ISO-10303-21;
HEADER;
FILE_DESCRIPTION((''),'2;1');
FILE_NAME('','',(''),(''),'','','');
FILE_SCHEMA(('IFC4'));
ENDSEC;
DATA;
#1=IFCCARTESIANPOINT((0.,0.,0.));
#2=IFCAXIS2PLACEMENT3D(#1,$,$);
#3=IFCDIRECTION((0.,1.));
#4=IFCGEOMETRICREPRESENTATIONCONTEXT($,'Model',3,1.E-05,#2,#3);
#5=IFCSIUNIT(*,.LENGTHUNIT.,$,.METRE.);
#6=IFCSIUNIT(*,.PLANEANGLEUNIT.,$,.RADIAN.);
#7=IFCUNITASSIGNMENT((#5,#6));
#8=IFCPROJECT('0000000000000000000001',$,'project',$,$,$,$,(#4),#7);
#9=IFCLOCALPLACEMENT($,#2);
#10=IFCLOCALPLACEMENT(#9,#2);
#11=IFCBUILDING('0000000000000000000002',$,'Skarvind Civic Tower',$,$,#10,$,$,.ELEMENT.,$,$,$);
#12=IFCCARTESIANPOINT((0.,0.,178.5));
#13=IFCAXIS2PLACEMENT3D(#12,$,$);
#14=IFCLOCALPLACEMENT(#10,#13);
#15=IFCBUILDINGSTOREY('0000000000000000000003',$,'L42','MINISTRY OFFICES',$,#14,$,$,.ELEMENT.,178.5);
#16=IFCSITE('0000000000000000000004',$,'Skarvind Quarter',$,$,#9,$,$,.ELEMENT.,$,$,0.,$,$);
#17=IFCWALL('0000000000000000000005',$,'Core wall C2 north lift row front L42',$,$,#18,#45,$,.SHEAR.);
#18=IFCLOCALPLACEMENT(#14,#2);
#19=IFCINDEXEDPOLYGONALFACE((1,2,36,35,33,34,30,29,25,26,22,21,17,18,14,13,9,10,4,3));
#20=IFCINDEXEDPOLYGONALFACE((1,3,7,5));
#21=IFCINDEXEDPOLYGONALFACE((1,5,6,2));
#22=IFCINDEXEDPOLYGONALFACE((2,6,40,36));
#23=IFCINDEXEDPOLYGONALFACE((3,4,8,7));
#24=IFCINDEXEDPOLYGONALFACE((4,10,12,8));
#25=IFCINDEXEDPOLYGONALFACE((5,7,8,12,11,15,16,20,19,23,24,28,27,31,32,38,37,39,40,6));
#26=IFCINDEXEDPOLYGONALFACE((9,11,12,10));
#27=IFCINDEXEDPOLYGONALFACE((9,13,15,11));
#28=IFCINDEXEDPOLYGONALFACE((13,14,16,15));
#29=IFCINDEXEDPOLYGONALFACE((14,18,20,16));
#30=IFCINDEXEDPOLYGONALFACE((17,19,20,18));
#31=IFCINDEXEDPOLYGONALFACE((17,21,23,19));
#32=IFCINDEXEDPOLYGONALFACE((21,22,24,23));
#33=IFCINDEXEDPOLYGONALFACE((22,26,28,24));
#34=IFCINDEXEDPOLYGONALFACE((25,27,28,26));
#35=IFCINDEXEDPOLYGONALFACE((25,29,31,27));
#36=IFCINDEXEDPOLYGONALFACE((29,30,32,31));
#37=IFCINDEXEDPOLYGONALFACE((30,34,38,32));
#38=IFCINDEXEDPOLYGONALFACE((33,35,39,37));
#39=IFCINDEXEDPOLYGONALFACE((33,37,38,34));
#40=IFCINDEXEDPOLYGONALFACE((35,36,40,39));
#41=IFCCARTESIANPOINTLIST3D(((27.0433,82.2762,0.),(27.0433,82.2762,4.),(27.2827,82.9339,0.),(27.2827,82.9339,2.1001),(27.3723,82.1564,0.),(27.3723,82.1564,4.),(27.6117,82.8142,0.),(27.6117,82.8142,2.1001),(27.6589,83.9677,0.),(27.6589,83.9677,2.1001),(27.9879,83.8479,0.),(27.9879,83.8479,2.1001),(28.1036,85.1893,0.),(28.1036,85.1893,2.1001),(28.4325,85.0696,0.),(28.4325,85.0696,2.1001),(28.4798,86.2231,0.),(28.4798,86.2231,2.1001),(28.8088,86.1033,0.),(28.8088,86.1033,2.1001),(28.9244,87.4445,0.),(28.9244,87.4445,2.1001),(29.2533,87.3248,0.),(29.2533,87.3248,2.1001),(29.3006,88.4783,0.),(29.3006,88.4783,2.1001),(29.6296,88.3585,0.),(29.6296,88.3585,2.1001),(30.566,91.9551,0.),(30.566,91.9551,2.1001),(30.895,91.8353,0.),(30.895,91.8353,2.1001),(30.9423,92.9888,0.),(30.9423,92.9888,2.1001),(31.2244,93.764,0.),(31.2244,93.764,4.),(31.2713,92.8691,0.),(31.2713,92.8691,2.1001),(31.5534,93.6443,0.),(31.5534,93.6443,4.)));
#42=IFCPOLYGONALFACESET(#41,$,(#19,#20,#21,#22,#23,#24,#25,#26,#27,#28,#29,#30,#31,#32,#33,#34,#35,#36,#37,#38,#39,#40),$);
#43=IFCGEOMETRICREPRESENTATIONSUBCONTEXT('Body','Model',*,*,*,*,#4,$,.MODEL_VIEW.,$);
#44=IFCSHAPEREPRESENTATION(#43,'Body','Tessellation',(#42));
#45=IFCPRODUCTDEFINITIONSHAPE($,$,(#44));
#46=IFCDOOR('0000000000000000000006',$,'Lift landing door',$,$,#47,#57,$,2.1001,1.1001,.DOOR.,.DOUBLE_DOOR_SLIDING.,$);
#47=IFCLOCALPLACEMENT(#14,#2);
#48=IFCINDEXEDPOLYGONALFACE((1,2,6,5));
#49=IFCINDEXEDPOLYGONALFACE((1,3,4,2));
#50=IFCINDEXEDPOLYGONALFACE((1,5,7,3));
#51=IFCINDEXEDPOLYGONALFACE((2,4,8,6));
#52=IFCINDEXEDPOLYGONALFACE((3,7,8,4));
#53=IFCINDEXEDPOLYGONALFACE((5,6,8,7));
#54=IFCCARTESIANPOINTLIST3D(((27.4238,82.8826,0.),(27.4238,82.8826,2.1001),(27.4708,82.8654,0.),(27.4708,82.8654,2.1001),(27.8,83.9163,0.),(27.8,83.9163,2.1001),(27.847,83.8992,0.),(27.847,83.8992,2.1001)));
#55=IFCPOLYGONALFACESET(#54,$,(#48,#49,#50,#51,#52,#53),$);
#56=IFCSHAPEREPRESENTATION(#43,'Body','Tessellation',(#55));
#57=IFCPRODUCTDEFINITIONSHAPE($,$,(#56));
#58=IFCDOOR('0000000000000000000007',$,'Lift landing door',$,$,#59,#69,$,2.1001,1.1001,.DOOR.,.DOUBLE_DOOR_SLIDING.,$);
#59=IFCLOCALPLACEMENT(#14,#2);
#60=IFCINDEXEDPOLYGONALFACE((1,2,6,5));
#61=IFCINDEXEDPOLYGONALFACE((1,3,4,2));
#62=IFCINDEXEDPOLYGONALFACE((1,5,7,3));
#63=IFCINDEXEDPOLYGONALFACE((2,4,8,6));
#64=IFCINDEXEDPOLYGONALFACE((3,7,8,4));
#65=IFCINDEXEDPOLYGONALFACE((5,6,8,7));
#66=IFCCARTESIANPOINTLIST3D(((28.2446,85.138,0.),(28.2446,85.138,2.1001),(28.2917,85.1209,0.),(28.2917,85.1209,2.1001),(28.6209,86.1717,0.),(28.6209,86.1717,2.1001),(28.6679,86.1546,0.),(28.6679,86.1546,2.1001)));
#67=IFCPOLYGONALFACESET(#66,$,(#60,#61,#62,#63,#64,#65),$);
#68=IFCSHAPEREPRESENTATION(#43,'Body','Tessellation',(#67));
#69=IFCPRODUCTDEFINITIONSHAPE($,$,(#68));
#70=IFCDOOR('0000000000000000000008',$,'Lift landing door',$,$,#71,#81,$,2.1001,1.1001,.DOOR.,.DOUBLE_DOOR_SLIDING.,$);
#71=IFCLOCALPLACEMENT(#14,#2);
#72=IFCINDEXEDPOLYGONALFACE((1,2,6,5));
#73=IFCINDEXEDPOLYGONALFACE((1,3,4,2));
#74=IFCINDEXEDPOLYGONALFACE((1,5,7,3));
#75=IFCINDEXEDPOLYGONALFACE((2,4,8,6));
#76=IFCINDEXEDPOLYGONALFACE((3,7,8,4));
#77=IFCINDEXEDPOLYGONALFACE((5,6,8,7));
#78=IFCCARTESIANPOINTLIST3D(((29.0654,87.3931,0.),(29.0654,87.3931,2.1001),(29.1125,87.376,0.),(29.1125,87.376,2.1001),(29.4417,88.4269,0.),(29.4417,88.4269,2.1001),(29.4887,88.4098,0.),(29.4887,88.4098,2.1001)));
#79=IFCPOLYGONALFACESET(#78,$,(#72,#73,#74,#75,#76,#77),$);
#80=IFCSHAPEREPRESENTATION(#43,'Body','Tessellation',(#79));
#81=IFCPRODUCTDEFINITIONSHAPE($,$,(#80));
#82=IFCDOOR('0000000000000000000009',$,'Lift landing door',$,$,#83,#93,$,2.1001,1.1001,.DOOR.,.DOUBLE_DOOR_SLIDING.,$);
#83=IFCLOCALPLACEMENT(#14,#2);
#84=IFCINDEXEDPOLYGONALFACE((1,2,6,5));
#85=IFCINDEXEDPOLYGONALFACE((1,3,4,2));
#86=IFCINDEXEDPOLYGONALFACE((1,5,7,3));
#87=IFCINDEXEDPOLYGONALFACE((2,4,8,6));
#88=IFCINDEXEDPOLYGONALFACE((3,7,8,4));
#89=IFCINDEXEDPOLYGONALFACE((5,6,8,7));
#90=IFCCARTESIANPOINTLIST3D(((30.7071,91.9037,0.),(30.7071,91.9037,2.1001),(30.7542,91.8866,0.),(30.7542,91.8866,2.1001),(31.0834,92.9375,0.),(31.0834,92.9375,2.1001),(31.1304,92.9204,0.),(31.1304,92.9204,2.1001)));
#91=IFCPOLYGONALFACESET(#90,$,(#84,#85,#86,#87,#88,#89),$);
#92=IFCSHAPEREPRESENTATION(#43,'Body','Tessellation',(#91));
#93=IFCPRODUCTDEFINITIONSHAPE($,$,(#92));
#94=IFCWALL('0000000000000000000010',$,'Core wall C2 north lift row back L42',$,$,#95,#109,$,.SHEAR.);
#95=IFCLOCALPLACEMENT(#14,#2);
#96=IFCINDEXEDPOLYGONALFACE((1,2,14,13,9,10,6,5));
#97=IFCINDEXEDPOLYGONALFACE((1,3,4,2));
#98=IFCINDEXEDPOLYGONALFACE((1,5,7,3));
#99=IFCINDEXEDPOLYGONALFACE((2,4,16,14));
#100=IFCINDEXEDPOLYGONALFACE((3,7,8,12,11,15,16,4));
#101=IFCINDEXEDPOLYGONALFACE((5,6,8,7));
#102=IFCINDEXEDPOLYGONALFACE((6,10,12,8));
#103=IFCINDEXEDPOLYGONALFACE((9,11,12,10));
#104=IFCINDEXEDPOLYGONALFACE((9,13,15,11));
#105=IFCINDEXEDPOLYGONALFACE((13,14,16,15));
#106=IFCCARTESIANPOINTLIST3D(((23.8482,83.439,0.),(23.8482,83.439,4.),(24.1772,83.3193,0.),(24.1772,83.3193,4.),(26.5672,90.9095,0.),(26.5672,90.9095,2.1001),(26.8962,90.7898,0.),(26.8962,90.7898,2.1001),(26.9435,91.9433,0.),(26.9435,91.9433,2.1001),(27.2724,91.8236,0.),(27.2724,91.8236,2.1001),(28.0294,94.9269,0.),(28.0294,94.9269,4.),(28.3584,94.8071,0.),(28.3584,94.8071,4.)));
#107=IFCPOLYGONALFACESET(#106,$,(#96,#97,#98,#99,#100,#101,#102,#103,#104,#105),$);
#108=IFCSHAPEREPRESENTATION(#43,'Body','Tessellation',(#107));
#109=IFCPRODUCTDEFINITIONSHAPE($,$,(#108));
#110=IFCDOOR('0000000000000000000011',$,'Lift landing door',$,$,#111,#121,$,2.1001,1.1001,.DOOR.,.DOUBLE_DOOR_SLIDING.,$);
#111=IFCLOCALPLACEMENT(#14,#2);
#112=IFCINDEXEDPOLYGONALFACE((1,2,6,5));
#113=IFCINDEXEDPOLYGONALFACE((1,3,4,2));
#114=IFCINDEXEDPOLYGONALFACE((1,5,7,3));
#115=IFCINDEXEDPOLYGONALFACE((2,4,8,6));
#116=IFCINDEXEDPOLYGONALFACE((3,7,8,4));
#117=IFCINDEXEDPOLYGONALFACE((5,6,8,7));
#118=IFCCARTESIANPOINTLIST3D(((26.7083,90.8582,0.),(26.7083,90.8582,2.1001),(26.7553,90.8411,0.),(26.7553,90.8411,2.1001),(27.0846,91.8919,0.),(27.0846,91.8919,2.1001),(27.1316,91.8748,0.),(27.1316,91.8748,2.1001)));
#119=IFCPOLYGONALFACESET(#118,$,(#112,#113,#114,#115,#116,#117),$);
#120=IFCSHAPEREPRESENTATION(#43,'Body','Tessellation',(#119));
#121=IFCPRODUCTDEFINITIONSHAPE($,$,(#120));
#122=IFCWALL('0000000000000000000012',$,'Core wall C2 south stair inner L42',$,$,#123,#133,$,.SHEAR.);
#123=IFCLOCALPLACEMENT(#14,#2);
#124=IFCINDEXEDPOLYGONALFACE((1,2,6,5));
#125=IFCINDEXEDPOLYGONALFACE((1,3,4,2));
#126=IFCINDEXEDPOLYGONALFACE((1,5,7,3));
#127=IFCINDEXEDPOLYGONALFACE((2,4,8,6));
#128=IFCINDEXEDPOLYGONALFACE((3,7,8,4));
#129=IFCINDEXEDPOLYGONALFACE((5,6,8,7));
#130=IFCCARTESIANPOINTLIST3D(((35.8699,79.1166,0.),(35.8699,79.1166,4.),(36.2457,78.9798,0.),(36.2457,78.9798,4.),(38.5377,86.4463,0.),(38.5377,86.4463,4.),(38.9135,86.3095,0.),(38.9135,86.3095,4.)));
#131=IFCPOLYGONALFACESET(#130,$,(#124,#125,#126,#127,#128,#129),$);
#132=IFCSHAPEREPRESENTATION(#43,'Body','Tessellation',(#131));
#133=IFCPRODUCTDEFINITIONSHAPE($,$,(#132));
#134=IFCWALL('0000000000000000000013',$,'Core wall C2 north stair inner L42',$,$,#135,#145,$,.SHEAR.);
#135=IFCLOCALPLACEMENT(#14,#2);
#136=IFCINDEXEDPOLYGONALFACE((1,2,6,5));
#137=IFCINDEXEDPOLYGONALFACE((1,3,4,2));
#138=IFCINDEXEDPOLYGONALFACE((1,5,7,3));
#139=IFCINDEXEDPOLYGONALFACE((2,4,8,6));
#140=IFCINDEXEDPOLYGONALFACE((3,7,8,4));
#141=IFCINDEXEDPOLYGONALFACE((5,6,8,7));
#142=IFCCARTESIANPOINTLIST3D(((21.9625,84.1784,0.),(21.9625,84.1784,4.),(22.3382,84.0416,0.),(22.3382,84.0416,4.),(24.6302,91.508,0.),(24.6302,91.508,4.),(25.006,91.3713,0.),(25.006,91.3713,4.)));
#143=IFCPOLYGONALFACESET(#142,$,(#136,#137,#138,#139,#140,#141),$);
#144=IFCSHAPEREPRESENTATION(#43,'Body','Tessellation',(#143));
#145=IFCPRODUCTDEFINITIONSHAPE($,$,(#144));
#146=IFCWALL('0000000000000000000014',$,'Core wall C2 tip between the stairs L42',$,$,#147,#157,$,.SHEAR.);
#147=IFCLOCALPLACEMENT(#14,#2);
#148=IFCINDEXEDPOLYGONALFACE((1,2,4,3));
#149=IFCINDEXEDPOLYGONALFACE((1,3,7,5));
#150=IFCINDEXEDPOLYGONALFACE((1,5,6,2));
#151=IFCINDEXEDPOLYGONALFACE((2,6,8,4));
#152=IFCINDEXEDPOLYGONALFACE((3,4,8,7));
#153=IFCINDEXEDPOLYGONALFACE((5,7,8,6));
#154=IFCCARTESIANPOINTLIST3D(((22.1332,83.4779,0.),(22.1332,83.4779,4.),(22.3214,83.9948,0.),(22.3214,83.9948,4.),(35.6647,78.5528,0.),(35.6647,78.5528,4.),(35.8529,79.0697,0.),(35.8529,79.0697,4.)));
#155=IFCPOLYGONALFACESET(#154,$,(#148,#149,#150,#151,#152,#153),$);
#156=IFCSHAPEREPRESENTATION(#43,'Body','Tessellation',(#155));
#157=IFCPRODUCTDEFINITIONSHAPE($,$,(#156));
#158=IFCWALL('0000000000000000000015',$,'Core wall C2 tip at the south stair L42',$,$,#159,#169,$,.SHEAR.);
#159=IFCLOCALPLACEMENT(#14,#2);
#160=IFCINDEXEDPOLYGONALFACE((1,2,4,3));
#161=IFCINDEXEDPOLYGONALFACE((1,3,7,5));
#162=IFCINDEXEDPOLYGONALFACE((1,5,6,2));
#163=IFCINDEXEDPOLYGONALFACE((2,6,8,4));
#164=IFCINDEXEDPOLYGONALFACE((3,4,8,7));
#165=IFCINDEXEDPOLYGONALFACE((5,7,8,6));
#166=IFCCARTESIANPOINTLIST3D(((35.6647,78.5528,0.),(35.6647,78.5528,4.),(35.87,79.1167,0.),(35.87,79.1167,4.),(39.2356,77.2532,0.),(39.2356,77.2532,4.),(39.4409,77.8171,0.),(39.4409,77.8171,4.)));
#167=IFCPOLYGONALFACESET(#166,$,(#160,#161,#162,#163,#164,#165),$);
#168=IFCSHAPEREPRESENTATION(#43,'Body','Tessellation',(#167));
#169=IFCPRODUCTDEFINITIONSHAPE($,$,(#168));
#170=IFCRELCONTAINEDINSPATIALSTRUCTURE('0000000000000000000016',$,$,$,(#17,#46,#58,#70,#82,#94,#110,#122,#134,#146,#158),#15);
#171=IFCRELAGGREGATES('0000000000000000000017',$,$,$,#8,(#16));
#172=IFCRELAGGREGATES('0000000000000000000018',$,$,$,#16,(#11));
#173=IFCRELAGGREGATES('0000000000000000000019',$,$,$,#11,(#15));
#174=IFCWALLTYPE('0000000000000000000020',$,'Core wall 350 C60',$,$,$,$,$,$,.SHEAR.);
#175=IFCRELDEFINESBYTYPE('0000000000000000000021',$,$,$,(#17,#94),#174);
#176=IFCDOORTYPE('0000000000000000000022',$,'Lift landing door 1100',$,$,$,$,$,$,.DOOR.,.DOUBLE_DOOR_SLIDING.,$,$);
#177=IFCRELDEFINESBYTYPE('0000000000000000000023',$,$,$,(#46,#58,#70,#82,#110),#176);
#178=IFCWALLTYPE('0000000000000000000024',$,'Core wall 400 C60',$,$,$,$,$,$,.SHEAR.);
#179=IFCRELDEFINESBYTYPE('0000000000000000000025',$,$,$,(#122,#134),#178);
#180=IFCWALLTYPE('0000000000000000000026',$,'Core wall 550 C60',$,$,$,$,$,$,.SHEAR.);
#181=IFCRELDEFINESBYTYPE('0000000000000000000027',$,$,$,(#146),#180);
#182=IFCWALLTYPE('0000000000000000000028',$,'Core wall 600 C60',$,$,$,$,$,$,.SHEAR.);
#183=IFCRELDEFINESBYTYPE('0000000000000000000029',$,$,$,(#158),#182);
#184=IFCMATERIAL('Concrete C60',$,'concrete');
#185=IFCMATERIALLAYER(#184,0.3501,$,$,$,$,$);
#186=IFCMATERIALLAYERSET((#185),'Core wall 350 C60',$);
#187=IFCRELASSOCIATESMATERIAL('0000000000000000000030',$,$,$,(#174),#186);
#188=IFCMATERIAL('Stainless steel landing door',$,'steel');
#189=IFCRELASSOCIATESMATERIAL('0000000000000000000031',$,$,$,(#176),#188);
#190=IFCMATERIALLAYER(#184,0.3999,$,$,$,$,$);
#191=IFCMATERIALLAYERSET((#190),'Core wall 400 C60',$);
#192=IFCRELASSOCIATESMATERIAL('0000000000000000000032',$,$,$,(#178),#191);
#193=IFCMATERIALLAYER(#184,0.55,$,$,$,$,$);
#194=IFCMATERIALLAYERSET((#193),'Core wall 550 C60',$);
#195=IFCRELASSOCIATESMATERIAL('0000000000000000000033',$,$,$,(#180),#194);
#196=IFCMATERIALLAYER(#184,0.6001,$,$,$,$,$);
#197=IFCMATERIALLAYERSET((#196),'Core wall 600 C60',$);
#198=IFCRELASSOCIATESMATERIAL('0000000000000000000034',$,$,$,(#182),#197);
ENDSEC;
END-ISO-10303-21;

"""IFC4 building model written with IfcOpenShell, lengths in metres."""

from ifc_helpers import new_model, si_unit, direction, frame, frame_2d, origin, place, context, subcontext, project, spatial, rectangle, extrude, material, layer, layer_set, type_object, element, fill, save


model = new_model("IFC4")

# Units and contexts
model_context = context("Model", 3, precision=1e-05, world=origin(), true_north=direction((0.0, 1.0)))
body_context = subcontext(model_context, "Body", "Model", "MODEL_VIEW")
ifc_project = project(units=[si_unit("LENGTHUNIT", "METRE"), si_unit("PLANEANGLEUNIT", "RADIAN")], contexts=[model_context])

# Site, building, storey
site_placement = place(None, origin())
site = spatial("IfcSite", under=ifc_project, at=site_placement, Name="Skarvind Quarter", CompositionType="ELEMENT", RefElevation=0.0)
building_placement = place(site_placement, origin())
building = spatial("IfcBuilding", under=site, at=building_placement, Name="Skarvind Civic Tower", CompositionType="ELEMENT")
storey_placement = place(building_placement, frame((0.0, 0.0, 178.5)))
storey = spatial("IfcBuildingStorey", under=building, at=storey_placement, Name="L42", Description="MINISTRY OFFICES", CompositionType="ELEMENT", Elevation=178.5)

# Shared definitions
ifc_material_1 = material(Name="Concrete C60", Category="concrete")
ifc_layer_1 = layer(ifc_material_1, 0.3501)
ifc_layer_set_1 = layer_set([ifc_layer_1], Name="Core wall 350 C60")
wall_type_1 = type_object("IfcWallType", Name="Core wall 350 C60", PredefinedType="SHEAR", material=ifc_layer_set_1)

# Wall, openings, doors
wall_1_placement = place(storey_placement, frame((27.2078, 82.2163, 0.0), z_axis=(0.0, 0.0, 1.0), x_axis=(0.342016, 0.939694, 0.0)))
wall_1 = element("IfcWall", 1, at=wall_1_placement, inside=storey, type_object=wall_type_1, Name="Core wall C2 north lift row front L42", PredefinedType="SHEAR", context=body_context, shape_type="SweptSolid", body=[
    extrude(rectangle(XDim=12.2251, YDim=0.3501, at=frame_2d((6.1125, 0.0))), origin(), (0.0, 0.0, 1.0), 4.0),
])
opening_1_placement = place(wall_1_placement, frame((0.7, 0.0, 0.0)))
opening_1 = element("IfcOpeningElement", 2, at=opening_1_placement, cuts=wall_1, PredefinedType="OPENING", context=body_context, shape_type="SweptSolid", body=[
    extrude(rectangle(XDim=1.1001, YDim=2.1001, at=frame_2d((0.55, 1.05))), frame((0.0, 0.1851, 0.0), z_axis=(0.0, -1.0, 0.0), x_axis=(1.0, 0.0, 0.0)), (0.0, 0.0, 1.0), 0.3701),
])
opening_2_placement = place(wall_1_placement, frame((3.1001, 0.0, 0.0)))
opening_2 = element("IfcOpeningElement", 3, at=opening_2_placement, cuts=wall_1, PredefinedType="OPENING", context=body_context, shape_type="SweptSolid", body=[
    extrude(rectangle(XDim=1.1001, YDim=2.1001, at=frame_2d((0.55, 1.05))), frame((0.0, 0.1851, 0.0), z_axis=(0.0, -1.0, 0.0), x_axis=(1.0, 0.0, 0.0)), (0.0, 0.0, 1.0), 0.3701),
])
opening_3_placement = place(wall_1_placement, frame((5.5, 0.0, 0.0)))
opening_3 = element("IfcOpeningElement", 4, at=opening_3_placement, cuts=wall_1, PredefinedType="OPENING", context=body_context, shape_type="SweptSolid", body=[
    extrude(rectangle(XDim=1.1001, YDim=2.1001, at=frame_2d((0.55, 1.05))), frame((0.0, 0.1851, 0.0), z_axis=(0.0, -1.0, 0.0), x_axis=(1.0, 0.0, 0.0)), (0.0, 0.0, 1.0), 0.3701),
])
opening_4_placement = place(wall_1_placement, frame((10.3, 0.0, 0.0)))
opening_4 = element("IfcOpeningElement", 5, at=opening_4_placement, cuts=wall_1, PredefinedType="OPENING", context=body_context, shape_type="SweptSolid", body=[
    extrude(rectangle(XDim=1.1001, YDim=2.1001, at=frame_2d((0.55, 1.05))), frame((0.0, 0.1851, 0.0), z_axis=(0.0, -1.0, 0.0), x_axis=(1.0, 0.0, 0.0)), (0.0, 0.0, 1.0), 0.3701),
])
ifc_material_2 = material(Name="Stainless steel landing door", Category="steel")
door_type_1 = type_object("IfcDoorType", Name="Lift landing door 1100", OperationType="DOUBLE_DOOR_SLIDING", PredefinedType="DOOR", material=ifc_material_2)
door_1_placement = place(opening_1_placement, origin())
door_1 = element("IfcDoor", 6, at=door_1_placement, inside=storey, type_object=door_type_1, Name="Lift landing door", OperationType="DOUBLE_DOOR_SLIDING", OverallHeight=2.1001, OverallWidth=1.1001, PredefinedType="DOOR", context=body_context, shape_type="SweptSolid", body=[
    extrude(rectangle(XDim=1.1001, YDim=2.1001, at=frame_2d((0.55, 1.05))), frame((0.0, 0.0249, 0.0), z_axis=(0.0, -1.0, 0.0), x_axis=(1.0, 0.0, 0.0)), (0.0, 0.0, 1.0), 0.05),
])
fill(opening_1, door_1)
door_2_placement = place(opening_2_placement, origin())
door_2 = element("IfcDoor", 7, at=door_2_placement, inside=storey, type_object=door_type_1, Name="Lift landing door", OperationType="DOUBLE_DOOR_SLIDING", OverallHeight=2.1001, OverallWidth=1.1001, PredefinedType="DOOR", context=body_context, shape_type="SweptSolid", body=[
    extrude(rectangle(XDim=1.1001, YDim=2.1001, at=frame_2d((0.55, 1.05))), frame((0.0, 0.0249, 0.0), z_axis=(0.0, -1.0, 0.0), x_axis=(1.0, 0.0, 0.0)), (0.0, 0.0, 1.0), 0.05),
])
fill(opening_2, door_2)
door_3_placement = place(opening_3_placement, origin())
door_3 = element("IfcDoor", 8, at=door_3_placement, inside=storey, type_object=door_type_1, Name="Lift landing door", OperationType="DOUBLE_DOOR_SLIDING", OverallHeight=2.1001, OverallWidth=1.1001, PredefinedType="DOOR", context=body_context, shape_type="SweptSolid", body=[
    extrude(rectangle(XDim=1.1001, YDim=2.1001, at=frame_2d((0.55, 1.05))), frame((0.0, 0.0249, 0.0), z_axis=(0.0, -1.0, 0.0), x_axis=(1.0, 0.0, 0.0)), (0.0, 0.0, 1.0), 0.05),
])
fill(opening_3, door_3)
door_4_placement = place(opening_4_placement, origin())
door_4 = element("IfcDoor", 9, at=door_4_placement, inside=storey, type_object=door_type_1, Name="Lift landing door", OperationType="DOUBLE_DOOR_SLIDING", OverallHeight=2.1001, OverallWidth=1.1001, PredefinedType="DOOR", context=body_context, shape_type="SweptSolid", body=[
    extrude(rectangle(XDim=1.1001, YDim=2.1001, at=frame_2d((0.55, 1.05))), frame((0.0, 0.0249, 0.0), z_axis=(0.0, -1.0, 0.0), x_axis=(1.0, 0.0, 0.0)), (0.0, 0.0, 1.0), 0.05),
])
fill(opening_4, door_4)

# Wall, opening, door
wall_2_placement = place(storey_placement, frame((24.0127, 83.3792, 0.0), z_axis=(0.0, 0.0, 1.0), x_axis=(0.342016, 0.939694, 0.0)))
wall_2 = element("IfcWall", 10, at=wall_2_placement, inside=storey, type_object=wall_type_1, Name="Core wall C2 north lift row back L42", PredefinedType="SHEAR", context=body_context, shape_type="SweptSolid", body=[
    extrude(rectangle(XDim=12.2251, YDim=0.3501, at=frame_2d((6.1125, 0.0))), origin(), (0.0, 0.0, 1.0), 4.0),
])
opening_5_placement = place(wall_2_placement, frame((7.95, 0.0, 0.0)))
opening_5 = element("IfcOpeningElement", 11, at=opening_5_placement, cuts=wall_2, PredefinedType="OPENING", context=body_context, shape_type="SweptSolid", body=[
    extrude(rectangle(XDim=1.1001, YDim=2.1001, at=frame_2d((0.55, 1.05))), frame((0.0, 0.1851, 0.0), z_axis=(0.0, -1.0, 0.0), x_axis=(1.0, 0.0, 0.0)), (0.0, 0.0, 1.0), 0.3701),
])
door_5_placement = place(opening_5_placement, origin())
door_5 = element("IfcDoor", 12, at=door_5_placement, inside=storey, type_object=door_type_1, Name="Lift landing door", OperationType="DOUBLE_DOOR_SLIDING", OverallHeight=2.1001, OverallWidth=1.1001, PredefinedType="DOOR", context=body_context, shape_type="SweptSolid", body=[
    extrude(rectangle(XDim=1.1001, YDim=2.1001, at=frame_2d((0.55, 1.05))), frame((0.0, 0.0249, 0.0), z_axis=(0.0, -1.0, 0.0), x_axis=(1.0, 0.0, 0.0)), (0.0, 0.0, 1.0), 0.05),
])
fill(opening_5, door_5)

# Walls
ifc_layer_2 = layer(ifc_material_1, 0.3999)
ifc_layer_set_2 = layer_set([ifc_layer_2], Name="Core wall 400 C60")
wall_type_2 = type_object("IfcWallType", Name="Core wall 400 C60", PredefinedType="SHEAR", material=ifc_layer_set_2)
for number, where, z_axis, x_axis, name in (
    (13, (36.0579, 79.0483, 0.0), (0.0, 0.0, 1.0), (0.342017, 0.939694, 0.0), "Core wall C2 south stair inner L42"),
    (14, (22.1504, 84.1101, 0.0), (0.0, 0.0, 1.0), (0.342017, 0.939694, 0.0), "Core wall C2 north stair inner L42"),
):
    element("IfcWall", number, at=place(storey_placement, frame(where, z_axis=z_axis, x_axis=x_axis)), inside=storey, type_object=wall_type_2, Name=name, PredefinedType="SHEAR", context=body_context, shape_type="SweptSolid", body=[
        extrude(rectangle(XDim=7.8, YDim=0.3999, at=frame_2d((3.8999, 0.0))), origin(), (0.0, 0.0, 1.0), 4.0),
    ])
ifc_layer_3 = layer(ifc_material_1, 0.55)
ifc_layer_set_3 = layer_set([ifc_layer_3], Name="Core wall 550 C60")
wall_type_3 = type_object("IfcWallType", Name="Core wall 550 C60", PredefinedType="SHEAR", material=ifc_layer_set_3)
wall_3_placement = place(storey_placement, frame((35.7588, 78.8113, 0.0), z_axis=(0.0, 0.0, 1.0), x_axis=(-0.939693, 0.342019, 0.0)))
element("IfcWall", 15, at=wall_3_placement, inside=storey, type_object=wall_type_3, Name="Core wall C2 tip between the stairs L42", PredefinedType="SHEAR", context=body_context, shape_type="SweptSolid", body=[
    extrude(rectangle(XDim=14.3999, YDim=0.55, at=frame_2d((7.2, 0.0))), origin(), (0.0, 0.0, 1.0), 4.0),
])
ifc_layer_4 = layer(ifc_material_1, 0.6001)
ifc_layer_set_4 = layer_set([ifc_layer_4], Name="Core wall 600 C60")
wall_type_4 = type_object("IfcWallType", Name="Core wall 600 C60", PredefinedType="SHEAR", material=ifc_layer_set_4)
for number, where, z_axis, x_axis, name in (
    (16, (39.3381, 77.5352, 0.0), (0.0, 0.0, 1.0), (-0.939701, 0.341996, 0.0), "Core wall C2 tip at the south stair L42"),
):
    element("IfcWall", number, at=place(storey_placement, frame(where, z_axis=z_axis, x_axis=x_axis)), inside=storey, type_object=wall_type_4, Name=name, PredefinedType="SHEAR", context=body_context, shape_type="SweptSolid", body=[
        extrude(rectangle(XDim=3.8, YDim=0.6001, at=frame_2d((1.8999, 0.0))), origin(), (0.0, 0.0, 1.0), 4.0),
    ])

save(model, "model.ifc")
